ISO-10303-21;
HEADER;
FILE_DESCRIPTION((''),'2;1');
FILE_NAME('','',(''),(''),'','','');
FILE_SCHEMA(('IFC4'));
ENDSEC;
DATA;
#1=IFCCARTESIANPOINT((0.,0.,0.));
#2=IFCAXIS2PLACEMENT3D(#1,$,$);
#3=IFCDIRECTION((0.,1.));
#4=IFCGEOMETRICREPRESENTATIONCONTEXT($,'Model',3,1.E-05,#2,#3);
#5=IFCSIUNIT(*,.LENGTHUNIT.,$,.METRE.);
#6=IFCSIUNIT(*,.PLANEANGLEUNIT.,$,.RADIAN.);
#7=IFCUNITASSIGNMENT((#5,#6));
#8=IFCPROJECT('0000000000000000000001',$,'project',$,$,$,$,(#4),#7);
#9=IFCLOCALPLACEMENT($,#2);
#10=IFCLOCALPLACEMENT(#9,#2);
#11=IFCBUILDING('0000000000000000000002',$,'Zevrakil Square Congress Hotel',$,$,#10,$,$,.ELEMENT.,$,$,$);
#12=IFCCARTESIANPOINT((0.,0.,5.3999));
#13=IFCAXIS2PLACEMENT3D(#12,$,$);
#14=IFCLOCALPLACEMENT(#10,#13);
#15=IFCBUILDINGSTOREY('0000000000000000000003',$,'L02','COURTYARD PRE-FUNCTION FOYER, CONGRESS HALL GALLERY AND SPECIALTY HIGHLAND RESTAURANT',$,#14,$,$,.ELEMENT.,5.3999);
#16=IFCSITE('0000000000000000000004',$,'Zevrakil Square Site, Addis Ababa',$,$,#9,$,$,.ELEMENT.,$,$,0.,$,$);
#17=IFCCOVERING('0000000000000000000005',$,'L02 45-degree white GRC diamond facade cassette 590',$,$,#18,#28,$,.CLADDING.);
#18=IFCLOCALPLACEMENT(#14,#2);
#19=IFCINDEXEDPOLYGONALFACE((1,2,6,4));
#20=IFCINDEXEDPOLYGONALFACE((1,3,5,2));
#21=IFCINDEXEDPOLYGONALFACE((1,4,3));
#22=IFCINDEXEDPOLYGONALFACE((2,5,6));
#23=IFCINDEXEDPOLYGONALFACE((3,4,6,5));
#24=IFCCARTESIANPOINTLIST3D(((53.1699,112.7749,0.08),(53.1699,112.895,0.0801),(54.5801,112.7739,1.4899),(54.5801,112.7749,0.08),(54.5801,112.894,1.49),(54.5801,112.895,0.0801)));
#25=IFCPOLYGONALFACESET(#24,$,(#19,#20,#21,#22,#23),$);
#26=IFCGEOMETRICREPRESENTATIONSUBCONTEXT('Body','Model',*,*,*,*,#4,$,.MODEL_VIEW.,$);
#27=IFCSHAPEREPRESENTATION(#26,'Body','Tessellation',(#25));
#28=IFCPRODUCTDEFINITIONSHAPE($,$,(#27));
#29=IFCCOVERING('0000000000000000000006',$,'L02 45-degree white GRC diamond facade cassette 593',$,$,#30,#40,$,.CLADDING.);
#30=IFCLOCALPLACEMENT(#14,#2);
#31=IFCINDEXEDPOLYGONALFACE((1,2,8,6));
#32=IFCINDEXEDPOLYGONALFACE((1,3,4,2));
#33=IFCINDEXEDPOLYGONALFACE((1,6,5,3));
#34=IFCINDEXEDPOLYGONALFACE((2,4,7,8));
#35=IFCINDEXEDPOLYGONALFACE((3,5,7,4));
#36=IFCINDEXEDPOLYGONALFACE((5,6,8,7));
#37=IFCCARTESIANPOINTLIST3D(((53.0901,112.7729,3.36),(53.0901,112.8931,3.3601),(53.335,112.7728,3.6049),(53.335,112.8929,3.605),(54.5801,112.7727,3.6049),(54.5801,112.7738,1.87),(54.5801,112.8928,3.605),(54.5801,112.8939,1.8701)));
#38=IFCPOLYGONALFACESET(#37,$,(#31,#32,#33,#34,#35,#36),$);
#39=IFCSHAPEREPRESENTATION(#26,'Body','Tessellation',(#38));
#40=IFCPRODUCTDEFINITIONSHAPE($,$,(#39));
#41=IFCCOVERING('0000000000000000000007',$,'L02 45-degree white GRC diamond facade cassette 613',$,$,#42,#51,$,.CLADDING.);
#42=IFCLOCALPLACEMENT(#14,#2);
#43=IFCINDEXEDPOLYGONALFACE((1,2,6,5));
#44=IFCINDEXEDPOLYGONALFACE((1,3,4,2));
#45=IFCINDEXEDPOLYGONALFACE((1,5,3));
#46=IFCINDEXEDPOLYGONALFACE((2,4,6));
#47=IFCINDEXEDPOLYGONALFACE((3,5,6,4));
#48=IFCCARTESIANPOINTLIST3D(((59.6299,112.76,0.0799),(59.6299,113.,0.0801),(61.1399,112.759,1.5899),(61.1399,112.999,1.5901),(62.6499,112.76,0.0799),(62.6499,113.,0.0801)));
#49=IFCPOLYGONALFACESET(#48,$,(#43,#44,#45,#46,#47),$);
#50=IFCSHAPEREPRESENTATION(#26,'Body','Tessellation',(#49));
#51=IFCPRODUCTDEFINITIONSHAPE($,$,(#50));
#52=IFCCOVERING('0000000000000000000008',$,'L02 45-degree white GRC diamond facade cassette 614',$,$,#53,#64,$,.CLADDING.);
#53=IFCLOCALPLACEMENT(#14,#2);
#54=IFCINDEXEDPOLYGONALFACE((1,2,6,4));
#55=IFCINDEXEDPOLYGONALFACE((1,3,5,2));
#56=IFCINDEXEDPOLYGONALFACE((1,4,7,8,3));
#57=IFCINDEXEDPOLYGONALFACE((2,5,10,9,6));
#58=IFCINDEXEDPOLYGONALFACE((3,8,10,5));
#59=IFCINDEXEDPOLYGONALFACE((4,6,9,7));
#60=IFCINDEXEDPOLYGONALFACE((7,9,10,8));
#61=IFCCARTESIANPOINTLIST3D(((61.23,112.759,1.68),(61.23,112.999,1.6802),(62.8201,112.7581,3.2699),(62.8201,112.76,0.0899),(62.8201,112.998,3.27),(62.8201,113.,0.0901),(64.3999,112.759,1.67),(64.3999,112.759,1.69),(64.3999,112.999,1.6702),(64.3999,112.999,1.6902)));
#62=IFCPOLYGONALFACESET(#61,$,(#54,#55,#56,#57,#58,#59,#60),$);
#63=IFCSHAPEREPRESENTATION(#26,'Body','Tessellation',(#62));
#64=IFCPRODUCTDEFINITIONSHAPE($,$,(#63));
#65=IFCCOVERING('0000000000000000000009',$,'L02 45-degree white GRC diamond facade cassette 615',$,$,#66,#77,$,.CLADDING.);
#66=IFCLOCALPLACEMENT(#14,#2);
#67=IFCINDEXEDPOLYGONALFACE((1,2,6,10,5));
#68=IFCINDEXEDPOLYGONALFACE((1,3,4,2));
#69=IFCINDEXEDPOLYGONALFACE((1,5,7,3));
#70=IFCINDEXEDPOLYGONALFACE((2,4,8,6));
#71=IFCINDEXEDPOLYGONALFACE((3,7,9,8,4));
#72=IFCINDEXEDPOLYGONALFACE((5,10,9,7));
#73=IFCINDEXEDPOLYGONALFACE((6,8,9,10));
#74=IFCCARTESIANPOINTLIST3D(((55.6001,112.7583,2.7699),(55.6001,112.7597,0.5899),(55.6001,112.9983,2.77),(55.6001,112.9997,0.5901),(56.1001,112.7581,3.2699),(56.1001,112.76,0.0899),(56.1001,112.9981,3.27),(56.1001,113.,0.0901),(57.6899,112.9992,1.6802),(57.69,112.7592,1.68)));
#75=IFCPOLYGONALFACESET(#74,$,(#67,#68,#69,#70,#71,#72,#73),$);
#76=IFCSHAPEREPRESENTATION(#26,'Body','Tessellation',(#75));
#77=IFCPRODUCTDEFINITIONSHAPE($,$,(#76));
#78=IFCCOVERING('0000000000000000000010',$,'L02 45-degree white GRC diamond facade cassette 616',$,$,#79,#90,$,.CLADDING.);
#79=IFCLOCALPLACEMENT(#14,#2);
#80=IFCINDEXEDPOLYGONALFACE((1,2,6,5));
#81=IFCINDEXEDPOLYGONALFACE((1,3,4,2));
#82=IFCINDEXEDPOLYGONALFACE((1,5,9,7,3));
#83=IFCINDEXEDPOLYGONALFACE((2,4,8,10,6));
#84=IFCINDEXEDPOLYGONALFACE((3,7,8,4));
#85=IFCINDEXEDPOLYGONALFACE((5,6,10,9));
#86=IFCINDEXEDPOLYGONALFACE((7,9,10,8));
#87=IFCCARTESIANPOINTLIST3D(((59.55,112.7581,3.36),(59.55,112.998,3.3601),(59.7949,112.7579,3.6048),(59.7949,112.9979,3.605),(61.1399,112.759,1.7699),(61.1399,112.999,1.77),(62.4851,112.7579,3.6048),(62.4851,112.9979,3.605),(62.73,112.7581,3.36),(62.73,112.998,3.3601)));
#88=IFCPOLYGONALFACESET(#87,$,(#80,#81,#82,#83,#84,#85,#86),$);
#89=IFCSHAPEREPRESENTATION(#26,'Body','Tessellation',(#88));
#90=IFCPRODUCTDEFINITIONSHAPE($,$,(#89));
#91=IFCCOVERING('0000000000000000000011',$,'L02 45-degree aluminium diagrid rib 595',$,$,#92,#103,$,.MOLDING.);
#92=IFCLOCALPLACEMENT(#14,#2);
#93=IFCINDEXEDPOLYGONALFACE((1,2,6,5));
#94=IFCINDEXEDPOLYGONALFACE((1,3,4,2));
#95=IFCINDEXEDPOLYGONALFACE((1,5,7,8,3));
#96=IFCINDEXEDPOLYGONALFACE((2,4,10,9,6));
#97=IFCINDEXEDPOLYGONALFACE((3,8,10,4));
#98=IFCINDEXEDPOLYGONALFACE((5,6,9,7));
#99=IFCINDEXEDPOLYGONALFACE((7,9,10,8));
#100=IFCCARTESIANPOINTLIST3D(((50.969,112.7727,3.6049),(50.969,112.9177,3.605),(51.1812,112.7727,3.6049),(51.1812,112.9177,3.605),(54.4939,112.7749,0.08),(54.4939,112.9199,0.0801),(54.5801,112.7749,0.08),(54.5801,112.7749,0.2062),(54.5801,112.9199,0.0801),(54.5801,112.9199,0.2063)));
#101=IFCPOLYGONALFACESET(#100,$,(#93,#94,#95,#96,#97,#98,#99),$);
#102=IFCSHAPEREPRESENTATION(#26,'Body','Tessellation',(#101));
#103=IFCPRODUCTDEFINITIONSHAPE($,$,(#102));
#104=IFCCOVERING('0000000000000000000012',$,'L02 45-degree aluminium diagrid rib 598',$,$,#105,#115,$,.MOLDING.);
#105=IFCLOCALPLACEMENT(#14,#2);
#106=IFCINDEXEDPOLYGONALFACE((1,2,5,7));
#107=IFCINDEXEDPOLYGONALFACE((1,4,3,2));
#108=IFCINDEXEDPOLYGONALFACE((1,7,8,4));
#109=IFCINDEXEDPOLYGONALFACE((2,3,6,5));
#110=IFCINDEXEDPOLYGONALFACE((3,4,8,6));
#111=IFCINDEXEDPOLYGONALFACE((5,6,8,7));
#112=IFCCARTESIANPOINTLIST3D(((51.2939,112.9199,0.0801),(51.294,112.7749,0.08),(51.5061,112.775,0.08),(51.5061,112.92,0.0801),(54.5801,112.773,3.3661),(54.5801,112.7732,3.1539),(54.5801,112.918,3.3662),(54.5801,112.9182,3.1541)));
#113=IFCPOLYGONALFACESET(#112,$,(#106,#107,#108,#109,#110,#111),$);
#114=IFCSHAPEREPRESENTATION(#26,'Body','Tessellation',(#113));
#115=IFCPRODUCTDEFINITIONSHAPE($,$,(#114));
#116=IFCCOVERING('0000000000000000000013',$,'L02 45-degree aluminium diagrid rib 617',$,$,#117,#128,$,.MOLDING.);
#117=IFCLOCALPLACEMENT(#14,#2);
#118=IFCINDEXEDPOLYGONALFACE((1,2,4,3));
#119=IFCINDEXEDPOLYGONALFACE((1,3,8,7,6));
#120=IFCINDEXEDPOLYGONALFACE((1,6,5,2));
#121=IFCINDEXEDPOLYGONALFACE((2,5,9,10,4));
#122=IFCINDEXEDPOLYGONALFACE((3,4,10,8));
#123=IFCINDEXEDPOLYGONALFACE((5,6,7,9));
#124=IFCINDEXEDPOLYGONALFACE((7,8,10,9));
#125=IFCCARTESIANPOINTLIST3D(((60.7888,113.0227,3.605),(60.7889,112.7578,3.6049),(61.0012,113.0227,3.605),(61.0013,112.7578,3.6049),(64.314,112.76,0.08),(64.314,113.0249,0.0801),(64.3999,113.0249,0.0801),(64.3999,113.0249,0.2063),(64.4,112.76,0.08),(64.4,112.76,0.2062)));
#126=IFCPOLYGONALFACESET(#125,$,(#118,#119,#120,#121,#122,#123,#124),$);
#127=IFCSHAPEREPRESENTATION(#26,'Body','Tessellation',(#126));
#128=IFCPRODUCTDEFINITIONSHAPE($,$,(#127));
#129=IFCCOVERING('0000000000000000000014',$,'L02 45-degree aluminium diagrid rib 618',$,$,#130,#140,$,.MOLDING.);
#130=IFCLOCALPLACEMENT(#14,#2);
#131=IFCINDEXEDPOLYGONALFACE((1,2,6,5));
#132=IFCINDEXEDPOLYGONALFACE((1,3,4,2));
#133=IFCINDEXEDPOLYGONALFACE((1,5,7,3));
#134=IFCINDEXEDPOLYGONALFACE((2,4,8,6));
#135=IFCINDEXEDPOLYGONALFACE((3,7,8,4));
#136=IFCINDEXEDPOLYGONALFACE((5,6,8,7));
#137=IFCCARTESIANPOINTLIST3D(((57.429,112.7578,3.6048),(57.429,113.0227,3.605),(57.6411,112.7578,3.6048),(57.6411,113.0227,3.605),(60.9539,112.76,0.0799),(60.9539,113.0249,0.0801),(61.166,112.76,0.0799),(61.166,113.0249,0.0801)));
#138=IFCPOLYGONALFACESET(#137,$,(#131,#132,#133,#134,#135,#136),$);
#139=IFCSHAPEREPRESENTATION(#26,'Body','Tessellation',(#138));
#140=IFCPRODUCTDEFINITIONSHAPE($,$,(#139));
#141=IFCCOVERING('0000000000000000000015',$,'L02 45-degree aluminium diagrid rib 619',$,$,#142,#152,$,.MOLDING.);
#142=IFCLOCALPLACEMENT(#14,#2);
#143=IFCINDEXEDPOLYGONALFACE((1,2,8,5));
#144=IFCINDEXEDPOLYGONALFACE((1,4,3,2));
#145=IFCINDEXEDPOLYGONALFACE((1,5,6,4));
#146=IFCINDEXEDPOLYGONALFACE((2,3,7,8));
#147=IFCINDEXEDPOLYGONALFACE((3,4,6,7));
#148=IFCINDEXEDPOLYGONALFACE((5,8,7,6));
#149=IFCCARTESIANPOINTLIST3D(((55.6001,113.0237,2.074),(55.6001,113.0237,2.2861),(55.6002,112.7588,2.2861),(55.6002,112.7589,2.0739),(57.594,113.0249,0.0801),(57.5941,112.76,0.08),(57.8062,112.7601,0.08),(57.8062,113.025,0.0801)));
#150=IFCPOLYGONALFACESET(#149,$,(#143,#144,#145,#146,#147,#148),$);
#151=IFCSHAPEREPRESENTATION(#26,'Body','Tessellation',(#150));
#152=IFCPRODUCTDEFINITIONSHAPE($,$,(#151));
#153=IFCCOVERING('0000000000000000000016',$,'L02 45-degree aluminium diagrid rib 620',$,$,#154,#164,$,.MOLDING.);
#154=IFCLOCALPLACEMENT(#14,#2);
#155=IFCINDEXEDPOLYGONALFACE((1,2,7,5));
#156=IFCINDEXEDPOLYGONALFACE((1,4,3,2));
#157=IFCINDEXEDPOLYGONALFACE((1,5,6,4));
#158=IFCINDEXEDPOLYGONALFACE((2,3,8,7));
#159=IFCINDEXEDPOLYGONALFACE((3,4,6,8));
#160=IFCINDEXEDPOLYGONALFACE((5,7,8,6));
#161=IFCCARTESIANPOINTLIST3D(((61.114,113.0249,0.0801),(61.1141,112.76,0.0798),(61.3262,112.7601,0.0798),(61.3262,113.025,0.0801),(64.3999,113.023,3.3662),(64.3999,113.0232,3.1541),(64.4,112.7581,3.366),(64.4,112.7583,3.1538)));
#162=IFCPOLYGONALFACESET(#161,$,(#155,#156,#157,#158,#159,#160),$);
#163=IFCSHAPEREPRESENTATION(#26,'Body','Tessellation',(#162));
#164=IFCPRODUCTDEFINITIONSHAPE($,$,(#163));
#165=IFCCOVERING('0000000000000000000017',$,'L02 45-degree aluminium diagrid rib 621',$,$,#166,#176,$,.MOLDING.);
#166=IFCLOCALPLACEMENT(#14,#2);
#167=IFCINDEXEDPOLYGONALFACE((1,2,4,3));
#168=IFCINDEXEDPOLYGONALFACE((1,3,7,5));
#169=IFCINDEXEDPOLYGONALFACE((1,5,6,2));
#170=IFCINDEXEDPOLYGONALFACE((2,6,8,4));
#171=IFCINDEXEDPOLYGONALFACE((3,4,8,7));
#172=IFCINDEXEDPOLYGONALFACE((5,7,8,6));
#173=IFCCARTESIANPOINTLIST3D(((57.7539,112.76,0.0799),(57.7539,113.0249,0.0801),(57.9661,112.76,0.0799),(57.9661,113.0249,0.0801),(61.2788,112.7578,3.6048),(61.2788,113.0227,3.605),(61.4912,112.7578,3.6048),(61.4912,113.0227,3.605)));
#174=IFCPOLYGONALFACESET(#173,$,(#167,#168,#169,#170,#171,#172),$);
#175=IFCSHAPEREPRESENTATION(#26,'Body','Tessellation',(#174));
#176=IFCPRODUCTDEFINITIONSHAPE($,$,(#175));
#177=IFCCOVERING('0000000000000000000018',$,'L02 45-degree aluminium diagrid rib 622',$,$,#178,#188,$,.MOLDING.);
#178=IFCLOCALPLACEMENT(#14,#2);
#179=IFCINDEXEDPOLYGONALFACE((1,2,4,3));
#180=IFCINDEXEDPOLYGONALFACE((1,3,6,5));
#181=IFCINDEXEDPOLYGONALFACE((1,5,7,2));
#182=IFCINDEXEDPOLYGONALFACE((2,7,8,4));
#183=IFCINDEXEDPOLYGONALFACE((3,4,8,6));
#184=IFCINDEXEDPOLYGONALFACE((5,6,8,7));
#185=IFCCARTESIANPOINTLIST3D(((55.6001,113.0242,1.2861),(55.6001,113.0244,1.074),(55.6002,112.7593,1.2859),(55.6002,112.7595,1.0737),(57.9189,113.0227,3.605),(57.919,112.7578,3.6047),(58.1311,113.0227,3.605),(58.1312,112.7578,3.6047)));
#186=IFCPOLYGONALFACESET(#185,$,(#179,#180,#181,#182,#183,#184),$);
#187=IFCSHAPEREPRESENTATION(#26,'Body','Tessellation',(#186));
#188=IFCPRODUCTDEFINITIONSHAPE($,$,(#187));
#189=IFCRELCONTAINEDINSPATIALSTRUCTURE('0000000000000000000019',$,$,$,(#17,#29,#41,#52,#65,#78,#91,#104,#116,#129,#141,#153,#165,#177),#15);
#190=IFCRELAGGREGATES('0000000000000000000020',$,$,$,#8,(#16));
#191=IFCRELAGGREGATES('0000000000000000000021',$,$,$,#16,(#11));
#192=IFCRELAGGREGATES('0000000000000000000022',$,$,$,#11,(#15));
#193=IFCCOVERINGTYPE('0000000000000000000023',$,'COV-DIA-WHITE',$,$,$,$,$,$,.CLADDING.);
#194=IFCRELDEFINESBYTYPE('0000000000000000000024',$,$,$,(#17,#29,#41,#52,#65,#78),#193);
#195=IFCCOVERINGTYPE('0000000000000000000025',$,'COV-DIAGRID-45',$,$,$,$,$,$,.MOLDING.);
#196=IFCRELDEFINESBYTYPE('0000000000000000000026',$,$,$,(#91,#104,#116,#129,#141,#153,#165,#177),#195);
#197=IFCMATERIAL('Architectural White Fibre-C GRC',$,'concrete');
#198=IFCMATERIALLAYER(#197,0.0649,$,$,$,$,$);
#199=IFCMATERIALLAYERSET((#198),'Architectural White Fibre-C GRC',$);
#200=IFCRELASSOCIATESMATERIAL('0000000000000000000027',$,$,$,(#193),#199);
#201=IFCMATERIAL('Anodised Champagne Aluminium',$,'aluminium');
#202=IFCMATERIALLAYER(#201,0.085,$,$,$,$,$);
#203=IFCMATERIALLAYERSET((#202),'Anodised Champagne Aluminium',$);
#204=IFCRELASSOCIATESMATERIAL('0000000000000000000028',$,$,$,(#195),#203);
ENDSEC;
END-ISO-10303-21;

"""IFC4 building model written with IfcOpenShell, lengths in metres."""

from ifc_helpers import new_model, si_unit, direction, frame, origin, place, context, subcontext, project, spatial, polyline, outline, extrude, material, layer, layer_set, type_object, element, save


model = new_model("IFC4")

# Units and contexts
model_context = context("Model", 3, precision=1e-05, world=origin(), true_north=direction((0.0, 1.0)))
body_context = subcontext(model_context, "Body", "Model", "MODEL_VIEW")
ifc_project = project(units=[si_unit("LENGTHUNIT", "METRE"), si_unit("PLANEANGLEUNIT", "RADIAN")], contexts=[model_context])

# Site, building, storey
site_placement = place(None, origin())
site = spatial("IfcSite", under=ifc_project, at=site_placement, Name="Zevrakil Square Site, Addis Ababa", CompositionType="ELEMENT", RefElevation=0.0)
building_placement = place(site_placement, origin())
building = spatial("IfcBuilding", under=site, at=building_placement, Name="Zevrakil Square Congress Hotel", CompositionType="ELEMENT")
storey_placement = place(building_placement, frame((0.0, 0.0, 5.3999)))
storey = spatial("IfcBuildingStorey", under=building, at=storey_placement, Name="L02", Description="COURTYARD PRE-FUNCTION FOYER, CONGRESS HALL GALLERY AND SPECIALTY HIGHLAND RESTAURANT", CompositionType="ELEMENT", Elevation=5.3999)

# Coverings
ifc_material_1 = material(Name="Architectural White Fibre-C GRC", Category="concrete")
ifc_layer_1 = layer(ifc_material_1, 0.0649)
ifc_layer_set_1 = layer_set([ifc_layer_1], Name="Architectural White Fibre-C GRC")
covering_type_1 = type_object("IfcCoveringType", Name="COV-DIA-WHITE", PredefinedType="CLADDING", material=ifc_layer_set_1)
covering_1_placement = place(storey_placement, frame((53.1699, 112.895, 0.0801), z_axis=(0.0, 1.0, 0.000693), x_axis=(1.0, 0.0, 0.0)))
element("IfcCovering", 1, at=covering_1_placement, inside=storey, type_object=covering_type_1, Name="L02 45-degree white GRC diamond facade cassette 590", PredefinedType="CLADDING", context=body_context, shape_type="SweptSolid", body=[
    extrude(outline(polyline([(0.0, 0.0), (1.4102, 0.0), (1.4102, -1.4099), (0.0, 0.0)])), origin(), (0.0, 0.0, -1.0), 0.1201),
])
covering_2_placement = place(storey_placement, frame((53.0901, 112.8931, 3.3601), z_axis=(0.000064, 1.0, 0.000609), x_axis=(0.707107, 0.000385, -0.707107)))
element("IfcCovering", 2, at=covering_2_placement, inside=storey, type_object=covering_type_1, Name="L02 45-degree white GRC diamond facade cassette 593", PredefinedType="CLADDING", context=body_context, shape_type="SweptSolid", body=[
    extrude(outline(polyline([(0.0, 0.0), (2.1072, 0.0), (0.8804, -1.2267), (0.0, -0.3463), (0.0, 0.0)])), origin(), (0.0, 0.0, -1.0), 0.1201),
])
covering_3_placement = place(storey_placement, frame((61.1399, 112.999, 1.5901), z_axis=(0.0, 1.0, 0.000647), x_axis=(-0.707107, 0.000457, -0.707107)))
element("IfcCovering", 3, at=covering_3_placement, inside=storey, type_object=covering_type_1, Name="L02 45-degree white GRC diamond facade cassette 613", PredefinedType="CLADDING", context=body_context, shape_type="SweptSolid", body=[
    extrude(outline(polyline([(0.0, 0.0), (2.1355, 0.0), (0.0, -2.1355), (0.0, 0.0)])), origin(), (0.0, 0.0, -1.0), 0.24),
])
covering_4_placement = place(storey_placement, frame((62.8201, 112.998, 3.27), z_axis=(0.0, 1.0, 0.000612), x_axis=(-0.707161, 0.000433, -0.707052)))
element("IfcCovering", 4, at=covering_4_placement, inside=storey, type_object=covering_type_1, Name="L02 45-degree white GRC diamond facade cassette 614", PredefinedType="CLADDING", context=body_context, shape_type="SweptSolid", body=[
    extrude(outline(polyline([(0.0, 0.0), (2.2486, 0.0), (2.2484, -2.2487), (0.014, -2.2484), (-0.0002, -2.2342), (0.0, 0.0)])), origin(), (0.0, 0.0, -1.0), 0.24),
])
covering_5_placement = place(storey_placement, frame((56.1001, 113.0, 0.0901), z_axis=(-0.000085, 1.0, 0.000607), x_axis=(0.707052, -0.000369, 0.707161)))
element("IfcCovering", 5, at=covering_5_placement, inside=storey, type_object=covering_type_1, Name="L02 45-degree white GRC diamond facade cassette 615", PredefinedType="CLADDING", context=body_context, shape_type="SweptSolid", body=[
    extrude(outline(polyline([(0.0, 0.0), (2.2486, 0.0), (2.2487, -2.2484), (1.5416, -2.2484), (0.0001, -0.7071), (0.0, 0.0)])), origin(), (0.0, 0.0, -1.0), 0.24),
])
covering_6_placement = place(storey_placement, frame((59.55, 112.998, 3.3601), z_axis=(0.0, 1.0, 0.000579), x_axis=(0.707052, 0.00041, -0.707161)))
element("IfcCovering", 6, at=covering_6_placement, inside=storey, type_object=covering_type_1, Name="L02 45-degree white GRC diamond facade cassette 616", PredefinedType="CLADDING", context=body_context, shape_type="SweptSolid", body=[
    extrude(outline(polyline([(0.0, 0.0), (2.2486, 0.0), (2.2484, -2.2487), (1.9021, -2.2487), (0.0, -0.3463), (0.0, 0.0)])), origin(), (0.0, 0.0, -1.0), 0.24),
])
ifc_material_2 = material(Name="Anodised Champagne Aluminium", Category="aluminium")
ifc_layer_2 = layer(ifc_material_2, 0.085)
ifc_layer_set_2 = layer_set([ifc_layer_2], Name="Anodised Champagne Aluminium")
covering_type_2 = type_object("IfcCoveringType", Name="COV-DIAGRID-45", PredefinedType="MOLDING", material=ifc_layer_set_2)
covering_7_placement = place(storey_placement, frame((54.4939, 112.9199, 0.0801), z_axis=(-0.000187, 1.0, 0.000443), x_axis=(1.0, 0.000187, 0.0)))
element("IfcCovering", 7, at=covering_7_placement, inside=storey, type_object=covering_type_2, Name="L02 45-degree aluminium diagrid rib 595", PredefinedType="MOLDING", context=body_context, shape_type="SweptSolid", body=[
    extrude(outline(polyline([(0.0, 0.0), (0.0862, 0.0), (0.0862, -0.1262), (-3.3127, -3.5249), (-3.5249, -3.5249), (0.0, 0.0)])), origin(), (0.0, 0.0, -1.0), 0.145),
])
covering_8_placement = place(storey_placement, frame((54.5801, 112.9182, 3.1541), z_axis=(-0.000287, 1.0, 0.000863), x_axis=(0.0, -0.000863, 1.0)))
element("IfcCovering", 8, at=covering_8_placement, inside=storey, type_object=covering_type_2, Name="L02 45-degree aluminium diagrid rib 598", PredefinedType="MOLDING", context=body_context, shape_type="SweptSolid", body=[
    extrude(outline(polyline([(0.0, 0.0), (0.2122, 0.0), (-3.074, -3.2861), (-3.074, -3.074), (0.0, 0.0)])), origin(), (0.0, 0.0, -1.0), 0.145),
])
covering_9_placement = place(storey_placement, frame((64.314, 113.0249, 0.0801), z_axis=(-0.000187, 1.0, 0.000443), x_axis=(1.0, 0.000187, 0.0)))
element("IfcCovering", 9, at=covering_9_placement, inside=storey, type_object=covering_type_2, Name="L02 45-degree aluminium diagrid rib 617", PredefinedType="MOLDING", context=body_context, shape_type="SweptSolid", body=[
    extrude(outline(polyline([(0.0, 0.0), (0.0859, 0.0), (0.0859, -0.1262), (-3.3127, -3.5249), (-3.5251, -3.5249), (0.0, 0.0)])), origin(), (0.0, 0.0, -1.0), 0.2649),
])
covering_10_placement = place(storey_placement, frame((60.9539, 113.0249, 0.0801), z_axis=(0.0, 1.0, 0.000623), x_axis=(1.0, 0.0, 0.0)))
element("IfcCovering", 10, at=covering_10_placement, inside=storey, type_object=covering_type_2, Name="L02 45-degree aluminium diagrid rib 618", PredefinedType="MOLDING", context=body_context, shape_type="SweptSolid", body=[
    extrude(outline(polyline([(0.0, 0.0), (0.2122, 0.0), (-3.3127, -3.5249), (-3.5249, -3.5249), (0.0, 0.0)])), origin(), (0.0, 0.0, -1.0), 0.2649),
])
covering_11_placement = place(storey_placement, frame((57.594, 113.0249, 0.0801), z_axis=(-0.000291, 1.0, 0.000291), x_axis=(1.0, 0.000291, 0.0)))
element("IfcCovering", 11, at=covering_11_placement, inside=storey, type_object=covering_type_2, Name="L02 45-degree aluminium diagrid rib 619", PredefinedType="MOLDING", context=body_context, shape_type="SweptSolid", body=[
    extrude(outline(polyline([(0.0, 0.0), (0.2122, 0.0), (-1.9939, -2.2061), (-1.9939, -1.9939), (0.0, 0.0)])), origin(), (0.0, 0.0, -1.0), 0.2649),
])
covering_12_placement = place(storey_placement, frame((64.3999, 113.0232, 3.1541), z_axis=(-0.000287, 1.0, 0.000863), x_axis=(0.0, -0.000863, 1.0)))
element("IfcCovering", 12, at=covering_12_placement, inside=storey, type_object=covering_type_2, Name="L02 45-degree aluminium diagrid rib 620", PredefinedType="MOLDING", context=body_context, shape_type="SweptSolid", body=[
    extrude(outline(polyline([(0.0, 0.0), (0.2122, 0.0), (-3.074, -3.2859), (-3.074, -3.0737), (0.0, 0.0)])), origin(), (0.0, 0.0, -1.0), 0.2649),
])
covering_13_placement = place(storey_placement, frame((61.4912, 113.0227, 3.605), z_axis=(0.0, 1.0, 0.000623), x_axis=(-1.0, 0.0, 0.0)))
element("IfcCovering", 13, at=covering_13_placement, inside=storey, type_object=covering_type_2, Name="L02 45-degree aluminium diagrid rib 621", PredefinedType="MOLDING", context=body_context, shape_type="SweptSolid", body=[
    extrude(outline(polyline([(0.0, 0.0), (0.2124, 0.0), (3.7373, -3.5249), (3.5251, -3.5249), (0.0, 0.0)])), origin(), (0.0, 0.0, -1.0), 0.2649),
])
covering_14_placement = place(storey_placement, frame((58.1311, 113.0227, 3.605), z_axis=(-0.000248, 1.0, 0.000903), x_axis=(-1.0, -0.000248, 0.0)))
element("IfcCovering", 14, at=covering_14_placement, inside=storey, type_object=covering_type_2, Name="L02 45-degree aluminium diagrid rib 622", PredefinedType="MOLDING", context=body_context, shape_type="SweptSolid", body=[
    extrude(outline(polyline([(0.0, 0.0), (0.2122, 0.0), (2.531, -2.3188), (2.531, -2.531), (0.0, 0.0)])), origin(), (0.0, 0.0, -1.0), 0.2649),
])

save(model, "model.ifc")
